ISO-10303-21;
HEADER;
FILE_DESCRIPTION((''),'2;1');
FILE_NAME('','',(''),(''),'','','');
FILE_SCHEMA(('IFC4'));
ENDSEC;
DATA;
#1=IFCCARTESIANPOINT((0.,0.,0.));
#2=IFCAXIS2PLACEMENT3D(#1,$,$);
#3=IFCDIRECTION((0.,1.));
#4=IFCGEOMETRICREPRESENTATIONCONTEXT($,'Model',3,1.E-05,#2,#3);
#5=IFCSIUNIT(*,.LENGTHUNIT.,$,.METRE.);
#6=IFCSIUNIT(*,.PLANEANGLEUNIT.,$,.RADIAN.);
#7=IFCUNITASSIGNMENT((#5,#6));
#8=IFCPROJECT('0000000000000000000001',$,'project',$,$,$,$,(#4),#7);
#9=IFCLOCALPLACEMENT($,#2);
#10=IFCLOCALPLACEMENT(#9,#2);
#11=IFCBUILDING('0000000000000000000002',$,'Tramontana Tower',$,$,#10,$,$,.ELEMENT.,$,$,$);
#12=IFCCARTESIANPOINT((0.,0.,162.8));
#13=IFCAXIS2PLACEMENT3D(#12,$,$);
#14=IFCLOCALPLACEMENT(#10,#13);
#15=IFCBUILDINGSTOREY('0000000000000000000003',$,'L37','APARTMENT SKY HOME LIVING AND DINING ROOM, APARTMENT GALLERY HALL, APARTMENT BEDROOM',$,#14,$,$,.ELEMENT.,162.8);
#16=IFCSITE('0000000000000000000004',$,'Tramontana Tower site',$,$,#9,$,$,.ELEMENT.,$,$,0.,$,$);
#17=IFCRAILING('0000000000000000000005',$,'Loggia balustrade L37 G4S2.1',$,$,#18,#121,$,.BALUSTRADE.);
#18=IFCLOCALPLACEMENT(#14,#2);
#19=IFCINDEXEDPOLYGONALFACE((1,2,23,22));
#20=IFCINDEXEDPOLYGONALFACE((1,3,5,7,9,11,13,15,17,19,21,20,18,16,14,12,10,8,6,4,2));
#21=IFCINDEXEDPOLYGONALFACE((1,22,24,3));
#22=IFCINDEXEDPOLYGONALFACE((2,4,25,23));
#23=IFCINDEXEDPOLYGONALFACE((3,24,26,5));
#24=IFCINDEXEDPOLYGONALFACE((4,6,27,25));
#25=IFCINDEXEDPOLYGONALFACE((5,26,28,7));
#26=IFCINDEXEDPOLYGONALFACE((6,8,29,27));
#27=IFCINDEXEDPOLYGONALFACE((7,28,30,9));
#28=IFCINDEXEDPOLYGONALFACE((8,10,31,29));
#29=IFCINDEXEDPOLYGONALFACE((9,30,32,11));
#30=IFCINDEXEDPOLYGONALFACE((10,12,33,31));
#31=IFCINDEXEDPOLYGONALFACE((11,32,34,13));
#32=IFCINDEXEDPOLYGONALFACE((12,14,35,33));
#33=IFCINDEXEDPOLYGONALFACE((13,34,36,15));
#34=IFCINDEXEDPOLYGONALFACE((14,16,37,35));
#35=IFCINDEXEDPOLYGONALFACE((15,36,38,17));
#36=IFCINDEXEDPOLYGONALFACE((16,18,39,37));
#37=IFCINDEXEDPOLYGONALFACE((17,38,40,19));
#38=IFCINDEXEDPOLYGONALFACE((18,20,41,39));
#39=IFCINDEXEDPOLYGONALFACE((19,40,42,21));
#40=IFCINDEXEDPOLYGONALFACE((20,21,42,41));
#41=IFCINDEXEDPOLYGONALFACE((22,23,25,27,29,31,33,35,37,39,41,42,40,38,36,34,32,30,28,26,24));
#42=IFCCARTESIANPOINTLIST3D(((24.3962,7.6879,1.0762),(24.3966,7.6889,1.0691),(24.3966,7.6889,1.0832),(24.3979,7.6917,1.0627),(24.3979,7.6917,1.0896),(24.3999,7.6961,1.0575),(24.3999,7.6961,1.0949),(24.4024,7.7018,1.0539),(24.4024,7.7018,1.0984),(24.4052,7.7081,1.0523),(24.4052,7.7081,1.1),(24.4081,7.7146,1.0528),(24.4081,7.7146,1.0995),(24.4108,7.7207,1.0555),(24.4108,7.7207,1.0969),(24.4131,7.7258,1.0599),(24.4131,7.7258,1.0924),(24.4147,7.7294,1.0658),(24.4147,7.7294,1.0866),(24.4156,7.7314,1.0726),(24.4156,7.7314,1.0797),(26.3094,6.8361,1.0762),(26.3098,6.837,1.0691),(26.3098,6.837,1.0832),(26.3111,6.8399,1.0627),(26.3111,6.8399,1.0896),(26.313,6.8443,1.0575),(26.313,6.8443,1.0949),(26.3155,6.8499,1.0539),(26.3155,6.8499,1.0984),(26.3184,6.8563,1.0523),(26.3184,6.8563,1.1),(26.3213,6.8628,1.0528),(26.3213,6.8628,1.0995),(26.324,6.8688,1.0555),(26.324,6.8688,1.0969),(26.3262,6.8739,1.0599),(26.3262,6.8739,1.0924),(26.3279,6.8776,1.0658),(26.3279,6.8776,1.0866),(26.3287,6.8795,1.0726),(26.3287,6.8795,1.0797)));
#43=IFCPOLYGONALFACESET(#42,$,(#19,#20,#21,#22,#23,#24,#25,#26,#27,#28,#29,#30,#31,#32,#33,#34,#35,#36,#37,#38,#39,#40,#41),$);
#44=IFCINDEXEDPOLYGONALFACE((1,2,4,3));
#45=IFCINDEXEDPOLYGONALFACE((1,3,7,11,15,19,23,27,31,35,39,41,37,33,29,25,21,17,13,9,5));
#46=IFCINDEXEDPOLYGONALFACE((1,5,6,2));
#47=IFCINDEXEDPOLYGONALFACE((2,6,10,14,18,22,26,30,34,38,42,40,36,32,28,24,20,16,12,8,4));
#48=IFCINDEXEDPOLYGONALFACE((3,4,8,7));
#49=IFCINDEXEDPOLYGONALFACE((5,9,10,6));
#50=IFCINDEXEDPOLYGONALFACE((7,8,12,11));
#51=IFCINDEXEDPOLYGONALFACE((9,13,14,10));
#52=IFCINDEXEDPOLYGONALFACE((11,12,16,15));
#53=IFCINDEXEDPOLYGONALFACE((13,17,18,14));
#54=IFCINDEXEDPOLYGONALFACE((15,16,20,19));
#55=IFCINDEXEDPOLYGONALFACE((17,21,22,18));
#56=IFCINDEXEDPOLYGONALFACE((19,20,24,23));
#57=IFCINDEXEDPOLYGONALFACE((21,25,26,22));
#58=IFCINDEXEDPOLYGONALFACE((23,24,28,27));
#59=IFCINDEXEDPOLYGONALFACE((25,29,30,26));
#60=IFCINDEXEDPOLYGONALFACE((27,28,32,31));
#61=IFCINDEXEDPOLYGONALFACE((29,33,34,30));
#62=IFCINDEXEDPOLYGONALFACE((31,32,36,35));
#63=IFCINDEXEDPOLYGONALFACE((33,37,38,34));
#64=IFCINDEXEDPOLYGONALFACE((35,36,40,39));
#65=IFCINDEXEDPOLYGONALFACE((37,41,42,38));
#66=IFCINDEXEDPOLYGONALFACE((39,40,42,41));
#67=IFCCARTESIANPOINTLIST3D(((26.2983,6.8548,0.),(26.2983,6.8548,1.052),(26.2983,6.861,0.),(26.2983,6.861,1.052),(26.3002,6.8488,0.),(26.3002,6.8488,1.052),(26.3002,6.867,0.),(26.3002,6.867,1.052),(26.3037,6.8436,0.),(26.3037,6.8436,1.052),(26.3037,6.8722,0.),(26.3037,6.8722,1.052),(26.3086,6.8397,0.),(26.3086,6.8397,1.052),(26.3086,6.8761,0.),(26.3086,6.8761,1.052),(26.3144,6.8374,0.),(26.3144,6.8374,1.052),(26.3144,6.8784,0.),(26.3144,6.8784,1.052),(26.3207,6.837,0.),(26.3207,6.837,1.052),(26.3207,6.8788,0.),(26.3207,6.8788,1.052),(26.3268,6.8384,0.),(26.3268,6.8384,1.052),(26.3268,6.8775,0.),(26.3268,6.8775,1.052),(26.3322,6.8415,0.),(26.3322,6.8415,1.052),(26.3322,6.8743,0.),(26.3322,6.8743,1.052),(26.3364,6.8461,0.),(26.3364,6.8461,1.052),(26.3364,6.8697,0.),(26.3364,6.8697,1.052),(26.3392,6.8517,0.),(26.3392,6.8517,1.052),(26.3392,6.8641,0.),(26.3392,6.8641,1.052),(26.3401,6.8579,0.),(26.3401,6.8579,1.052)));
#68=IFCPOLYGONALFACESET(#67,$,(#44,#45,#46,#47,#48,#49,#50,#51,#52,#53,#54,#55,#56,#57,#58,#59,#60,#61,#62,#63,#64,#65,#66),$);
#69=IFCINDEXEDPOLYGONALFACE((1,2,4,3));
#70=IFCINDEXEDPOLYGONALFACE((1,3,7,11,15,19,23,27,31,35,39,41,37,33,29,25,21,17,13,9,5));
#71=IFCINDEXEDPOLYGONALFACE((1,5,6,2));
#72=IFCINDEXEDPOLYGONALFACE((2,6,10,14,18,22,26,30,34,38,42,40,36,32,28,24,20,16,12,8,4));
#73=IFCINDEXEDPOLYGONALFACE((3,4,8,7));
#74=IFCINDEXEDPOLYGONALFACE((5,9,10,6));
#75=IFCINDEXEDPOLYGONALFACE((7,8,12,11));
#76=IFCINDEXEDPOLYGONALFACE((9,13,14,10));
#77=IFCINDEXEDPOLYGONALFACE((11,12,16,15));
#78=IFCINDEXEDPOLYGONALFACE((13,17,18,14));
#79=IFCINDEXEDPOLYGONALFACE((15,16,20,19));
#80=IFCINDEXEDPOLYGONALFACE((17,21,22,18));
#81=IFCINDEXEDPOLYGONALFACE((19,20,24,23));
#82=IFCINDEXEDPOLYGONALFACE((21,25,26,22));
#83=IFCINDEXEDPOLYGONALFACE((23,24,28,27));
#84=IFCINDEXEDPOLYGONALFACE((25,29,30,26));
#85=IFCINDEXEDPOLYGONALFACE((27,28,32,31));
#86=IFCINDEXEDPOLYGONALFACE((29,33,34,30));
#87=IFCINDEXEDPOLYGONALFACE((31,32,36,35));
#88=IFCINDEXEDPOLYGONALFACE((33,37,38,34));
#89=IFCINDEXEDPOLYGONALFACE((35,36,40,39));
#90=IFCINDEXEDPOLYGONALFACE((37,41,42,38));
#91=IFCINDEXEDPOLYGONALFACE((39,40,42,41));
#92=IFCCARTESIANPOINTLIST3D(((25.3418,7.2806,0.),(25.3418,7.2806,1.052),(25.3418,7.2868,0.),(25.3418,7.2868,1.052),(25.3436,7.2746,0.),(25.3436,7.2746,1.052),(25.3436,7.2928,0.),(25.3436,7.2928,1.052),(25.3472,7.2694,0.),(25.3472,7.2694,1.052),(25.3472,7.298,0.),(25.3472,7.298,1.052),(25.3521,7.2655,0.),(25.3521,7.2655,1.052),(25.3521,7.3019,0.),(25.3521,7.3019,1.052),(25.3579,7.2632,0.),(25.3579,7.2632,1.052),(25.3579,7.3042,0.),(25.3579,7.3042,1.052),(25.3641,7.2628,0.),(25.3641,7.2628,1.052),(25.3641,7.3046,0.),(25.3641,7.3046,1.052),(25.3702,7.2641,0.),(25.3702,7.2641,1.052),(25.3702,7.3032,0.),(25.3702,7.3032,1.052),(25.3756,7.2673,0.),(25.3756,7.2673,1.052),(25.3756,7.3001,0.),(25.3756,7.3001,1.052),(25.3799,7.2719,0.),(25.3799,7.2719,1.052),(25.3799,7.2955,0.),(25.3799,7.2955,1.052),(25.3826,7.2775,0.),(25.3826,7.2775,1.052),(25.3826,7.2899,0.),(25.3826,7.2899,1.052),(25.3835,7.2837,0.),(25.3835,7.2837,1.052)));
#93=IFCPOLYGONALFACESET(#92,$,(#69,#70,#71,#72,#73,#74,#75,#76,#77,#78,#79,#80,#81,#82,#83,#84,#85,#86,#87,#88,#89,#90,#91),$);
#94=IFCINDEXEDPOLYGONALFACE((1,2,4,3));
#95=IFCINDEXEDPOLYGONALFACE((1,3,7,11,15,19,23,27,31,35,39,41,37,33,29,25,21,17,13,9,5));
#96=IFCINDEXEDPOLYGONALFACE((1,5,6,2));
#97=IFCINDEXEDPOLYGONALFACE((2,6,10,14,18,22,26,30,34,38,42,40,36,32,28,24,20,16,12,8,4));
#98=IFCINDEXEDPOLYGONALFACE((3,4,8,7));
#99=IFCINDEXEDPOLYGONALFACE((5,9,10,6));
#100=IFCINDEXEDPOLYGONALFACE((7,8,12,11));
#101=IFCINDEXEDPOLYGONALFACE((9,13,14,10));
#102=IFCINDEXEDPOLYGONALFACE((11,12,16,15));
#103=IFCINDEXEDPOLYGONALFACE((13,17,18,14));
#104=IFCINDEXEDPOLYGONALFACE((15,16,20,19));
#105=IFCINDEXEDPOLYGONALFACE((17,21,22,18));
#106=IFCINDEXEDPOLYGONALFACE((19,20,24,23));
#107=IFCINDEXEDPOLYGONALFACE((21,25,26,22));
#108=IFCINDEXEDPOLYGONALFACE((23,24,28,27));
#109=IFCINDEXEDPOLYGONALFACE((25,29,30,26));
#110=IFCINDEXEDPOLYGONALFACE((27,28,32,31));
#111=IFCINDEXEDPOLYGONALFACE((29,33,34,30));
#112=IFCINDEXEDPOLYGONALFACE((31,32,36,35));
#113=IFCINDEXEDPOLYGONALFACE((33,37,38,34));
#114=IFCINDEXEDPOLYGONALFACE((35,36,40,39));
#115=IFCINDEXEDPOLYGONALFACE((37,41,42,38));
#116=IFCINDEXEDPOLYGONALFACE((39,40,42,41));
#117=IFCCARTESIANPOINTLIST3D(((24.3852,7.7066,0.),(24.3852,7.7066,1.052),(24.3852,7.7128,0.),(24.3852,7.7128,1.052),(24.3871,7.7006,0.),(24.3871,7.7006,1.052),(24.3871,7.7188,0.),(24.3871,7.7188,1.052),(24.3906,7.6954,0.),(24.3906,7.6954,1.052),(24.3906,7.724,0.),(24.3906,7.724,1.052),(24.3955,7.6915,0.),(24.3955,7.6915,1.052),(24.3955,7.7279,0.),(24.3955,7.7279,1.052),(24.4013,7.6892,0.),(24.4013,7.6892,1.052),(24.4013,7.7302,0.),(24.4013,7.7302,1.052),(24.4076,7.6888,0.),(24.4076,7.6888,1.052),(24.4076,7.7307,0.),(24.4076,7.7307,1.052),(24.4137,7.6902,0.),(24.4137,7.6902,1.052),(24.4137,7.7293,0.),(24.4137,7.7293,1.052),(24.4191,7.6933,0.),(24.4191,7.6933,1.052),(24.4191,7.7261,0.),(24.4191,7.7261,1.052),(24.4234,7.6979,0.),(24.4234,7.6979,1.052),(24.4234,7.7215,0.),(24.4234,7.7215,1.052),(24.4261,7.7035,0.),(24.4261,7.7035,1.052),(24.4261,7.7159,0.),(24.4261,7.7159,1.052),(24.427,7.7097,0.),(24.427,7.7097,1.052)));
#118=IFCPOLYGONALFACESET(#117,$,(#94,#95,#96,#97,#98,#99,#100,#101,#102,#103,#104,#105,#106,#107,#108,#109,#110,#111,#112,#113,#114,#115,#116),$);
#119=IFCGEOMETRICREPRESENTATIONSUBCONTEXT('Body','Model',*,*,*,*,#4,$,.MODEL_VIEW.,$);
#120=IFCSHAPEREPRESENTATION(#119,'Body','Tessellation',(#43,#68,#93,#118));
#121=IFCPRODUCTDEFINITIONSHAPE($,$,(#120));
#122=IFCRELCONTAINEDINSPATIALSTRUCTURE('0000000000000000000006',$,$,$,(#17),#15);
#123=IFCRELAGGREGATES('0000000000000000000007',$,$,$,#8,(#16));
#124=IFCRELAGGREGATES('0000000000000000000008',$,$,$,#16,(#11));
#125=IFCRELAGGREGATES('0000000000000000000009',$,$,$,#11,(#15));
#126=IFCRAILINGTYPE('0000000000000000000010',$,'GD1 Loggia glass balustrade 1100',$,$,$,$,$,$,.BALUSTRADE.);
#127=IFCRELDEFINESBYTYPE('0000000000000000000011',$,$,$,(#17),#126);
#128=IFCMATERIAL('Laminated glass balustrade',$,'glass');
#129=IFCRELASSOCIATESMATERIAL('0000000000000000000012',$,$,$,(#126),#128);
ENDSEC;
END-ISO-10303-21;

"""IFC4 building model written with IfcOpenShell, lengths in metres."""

from ifc_helpers import new_model, si_unit, direction, frame, origin, origin_2d, place, context, subcontext, project, spatial, circle, extrude, material, type_object, element, save


model = new_model("IFC4")

# Units and contexts
model_context = context("Model", 3, precision=1e-05, world=origin(), true_north=direction((0.0, 1.0)))
body_context = subcontext(model_context, "Body", "Model", "MODEL_VIEW")
ifc_project = project(units=[si_unit("LENGTHUNIT", "METRE"), si_unit("PLANEANGLEUNIT", "RADIAN")], contexts=[model_context])

# Site, building, storey
site_placement = place(None, origin())
site = spatial("IfcSite", under=ifc_project, at=site_placement, Name="Tramontana Tower site", CompositionType="ELEMENT", RefElevation=0.0)
building_placement = place(site_placement, origin())
building = spatial("IfcBuilding", under=site, at=building_placement, Name="Tramontana Tower", CompositionType="ELEMENT")
storey_placement = place(building_placement, frame((0.0, 0.0, 162.8)))
storey = spatial("IfcBuildingStorey", under=building, at=storey_placement, Name="L37", Description="APARTMENT SKY HOME LIVING AND DINING ROOM, APARTMENT GALLERY HALL, APARTMENT BEDROOM", CompositionType="ELEMENT", Elevation=162.8)

# Railing
ifc_material_1 = material(Name="Laminated glass balustrade", Category="glass")
railing_type = type_object("IfcRailingType", Name="GD1 Loggia glass balustrade 1100", PredefinedType="BALUSTRADE", material=ifc_material_1)
railing_1_placement = place(storey_placement, frame((26.3191, 6.8579, 0.0)))
element("IfcRailing", 1, at=railing_1_placement, inside=storey, type_object=railing_type, Name="Loggia balustrade L37 G4S2.1", PredefinedType="BALUSTRADE", context=body_context, shape_type="SweptSolid", body=[
    extrude(circle(Radius=0.0239, at=origin_2d()), frame((0.0, 0.0, 1.0762), z_axis=(-0.913537, 0.406755, 0.0), x_axis=(-0.406755, -0.913537, 0.0)), (0.0, 0.0, 1.0), 2.0942),
    extrude(circle(Radius=0.021, at=origin_2d()), origin(), (0.0, 0.0, 1.0), 1.052),
    extrude(circle(Radius=0.021, at=origin_2d()), frame((-0.9565, 0.4258, 0.0)), (0.0, 0.0, 1.0), 1.052),
    extrude(circle(Radius=0.021, at=origin_2d()), frame((-1.9131, 0.8518, 0.0)), (0.0, 0.0, 1.0), 1.052),
])

save(model, "model.ifc")
